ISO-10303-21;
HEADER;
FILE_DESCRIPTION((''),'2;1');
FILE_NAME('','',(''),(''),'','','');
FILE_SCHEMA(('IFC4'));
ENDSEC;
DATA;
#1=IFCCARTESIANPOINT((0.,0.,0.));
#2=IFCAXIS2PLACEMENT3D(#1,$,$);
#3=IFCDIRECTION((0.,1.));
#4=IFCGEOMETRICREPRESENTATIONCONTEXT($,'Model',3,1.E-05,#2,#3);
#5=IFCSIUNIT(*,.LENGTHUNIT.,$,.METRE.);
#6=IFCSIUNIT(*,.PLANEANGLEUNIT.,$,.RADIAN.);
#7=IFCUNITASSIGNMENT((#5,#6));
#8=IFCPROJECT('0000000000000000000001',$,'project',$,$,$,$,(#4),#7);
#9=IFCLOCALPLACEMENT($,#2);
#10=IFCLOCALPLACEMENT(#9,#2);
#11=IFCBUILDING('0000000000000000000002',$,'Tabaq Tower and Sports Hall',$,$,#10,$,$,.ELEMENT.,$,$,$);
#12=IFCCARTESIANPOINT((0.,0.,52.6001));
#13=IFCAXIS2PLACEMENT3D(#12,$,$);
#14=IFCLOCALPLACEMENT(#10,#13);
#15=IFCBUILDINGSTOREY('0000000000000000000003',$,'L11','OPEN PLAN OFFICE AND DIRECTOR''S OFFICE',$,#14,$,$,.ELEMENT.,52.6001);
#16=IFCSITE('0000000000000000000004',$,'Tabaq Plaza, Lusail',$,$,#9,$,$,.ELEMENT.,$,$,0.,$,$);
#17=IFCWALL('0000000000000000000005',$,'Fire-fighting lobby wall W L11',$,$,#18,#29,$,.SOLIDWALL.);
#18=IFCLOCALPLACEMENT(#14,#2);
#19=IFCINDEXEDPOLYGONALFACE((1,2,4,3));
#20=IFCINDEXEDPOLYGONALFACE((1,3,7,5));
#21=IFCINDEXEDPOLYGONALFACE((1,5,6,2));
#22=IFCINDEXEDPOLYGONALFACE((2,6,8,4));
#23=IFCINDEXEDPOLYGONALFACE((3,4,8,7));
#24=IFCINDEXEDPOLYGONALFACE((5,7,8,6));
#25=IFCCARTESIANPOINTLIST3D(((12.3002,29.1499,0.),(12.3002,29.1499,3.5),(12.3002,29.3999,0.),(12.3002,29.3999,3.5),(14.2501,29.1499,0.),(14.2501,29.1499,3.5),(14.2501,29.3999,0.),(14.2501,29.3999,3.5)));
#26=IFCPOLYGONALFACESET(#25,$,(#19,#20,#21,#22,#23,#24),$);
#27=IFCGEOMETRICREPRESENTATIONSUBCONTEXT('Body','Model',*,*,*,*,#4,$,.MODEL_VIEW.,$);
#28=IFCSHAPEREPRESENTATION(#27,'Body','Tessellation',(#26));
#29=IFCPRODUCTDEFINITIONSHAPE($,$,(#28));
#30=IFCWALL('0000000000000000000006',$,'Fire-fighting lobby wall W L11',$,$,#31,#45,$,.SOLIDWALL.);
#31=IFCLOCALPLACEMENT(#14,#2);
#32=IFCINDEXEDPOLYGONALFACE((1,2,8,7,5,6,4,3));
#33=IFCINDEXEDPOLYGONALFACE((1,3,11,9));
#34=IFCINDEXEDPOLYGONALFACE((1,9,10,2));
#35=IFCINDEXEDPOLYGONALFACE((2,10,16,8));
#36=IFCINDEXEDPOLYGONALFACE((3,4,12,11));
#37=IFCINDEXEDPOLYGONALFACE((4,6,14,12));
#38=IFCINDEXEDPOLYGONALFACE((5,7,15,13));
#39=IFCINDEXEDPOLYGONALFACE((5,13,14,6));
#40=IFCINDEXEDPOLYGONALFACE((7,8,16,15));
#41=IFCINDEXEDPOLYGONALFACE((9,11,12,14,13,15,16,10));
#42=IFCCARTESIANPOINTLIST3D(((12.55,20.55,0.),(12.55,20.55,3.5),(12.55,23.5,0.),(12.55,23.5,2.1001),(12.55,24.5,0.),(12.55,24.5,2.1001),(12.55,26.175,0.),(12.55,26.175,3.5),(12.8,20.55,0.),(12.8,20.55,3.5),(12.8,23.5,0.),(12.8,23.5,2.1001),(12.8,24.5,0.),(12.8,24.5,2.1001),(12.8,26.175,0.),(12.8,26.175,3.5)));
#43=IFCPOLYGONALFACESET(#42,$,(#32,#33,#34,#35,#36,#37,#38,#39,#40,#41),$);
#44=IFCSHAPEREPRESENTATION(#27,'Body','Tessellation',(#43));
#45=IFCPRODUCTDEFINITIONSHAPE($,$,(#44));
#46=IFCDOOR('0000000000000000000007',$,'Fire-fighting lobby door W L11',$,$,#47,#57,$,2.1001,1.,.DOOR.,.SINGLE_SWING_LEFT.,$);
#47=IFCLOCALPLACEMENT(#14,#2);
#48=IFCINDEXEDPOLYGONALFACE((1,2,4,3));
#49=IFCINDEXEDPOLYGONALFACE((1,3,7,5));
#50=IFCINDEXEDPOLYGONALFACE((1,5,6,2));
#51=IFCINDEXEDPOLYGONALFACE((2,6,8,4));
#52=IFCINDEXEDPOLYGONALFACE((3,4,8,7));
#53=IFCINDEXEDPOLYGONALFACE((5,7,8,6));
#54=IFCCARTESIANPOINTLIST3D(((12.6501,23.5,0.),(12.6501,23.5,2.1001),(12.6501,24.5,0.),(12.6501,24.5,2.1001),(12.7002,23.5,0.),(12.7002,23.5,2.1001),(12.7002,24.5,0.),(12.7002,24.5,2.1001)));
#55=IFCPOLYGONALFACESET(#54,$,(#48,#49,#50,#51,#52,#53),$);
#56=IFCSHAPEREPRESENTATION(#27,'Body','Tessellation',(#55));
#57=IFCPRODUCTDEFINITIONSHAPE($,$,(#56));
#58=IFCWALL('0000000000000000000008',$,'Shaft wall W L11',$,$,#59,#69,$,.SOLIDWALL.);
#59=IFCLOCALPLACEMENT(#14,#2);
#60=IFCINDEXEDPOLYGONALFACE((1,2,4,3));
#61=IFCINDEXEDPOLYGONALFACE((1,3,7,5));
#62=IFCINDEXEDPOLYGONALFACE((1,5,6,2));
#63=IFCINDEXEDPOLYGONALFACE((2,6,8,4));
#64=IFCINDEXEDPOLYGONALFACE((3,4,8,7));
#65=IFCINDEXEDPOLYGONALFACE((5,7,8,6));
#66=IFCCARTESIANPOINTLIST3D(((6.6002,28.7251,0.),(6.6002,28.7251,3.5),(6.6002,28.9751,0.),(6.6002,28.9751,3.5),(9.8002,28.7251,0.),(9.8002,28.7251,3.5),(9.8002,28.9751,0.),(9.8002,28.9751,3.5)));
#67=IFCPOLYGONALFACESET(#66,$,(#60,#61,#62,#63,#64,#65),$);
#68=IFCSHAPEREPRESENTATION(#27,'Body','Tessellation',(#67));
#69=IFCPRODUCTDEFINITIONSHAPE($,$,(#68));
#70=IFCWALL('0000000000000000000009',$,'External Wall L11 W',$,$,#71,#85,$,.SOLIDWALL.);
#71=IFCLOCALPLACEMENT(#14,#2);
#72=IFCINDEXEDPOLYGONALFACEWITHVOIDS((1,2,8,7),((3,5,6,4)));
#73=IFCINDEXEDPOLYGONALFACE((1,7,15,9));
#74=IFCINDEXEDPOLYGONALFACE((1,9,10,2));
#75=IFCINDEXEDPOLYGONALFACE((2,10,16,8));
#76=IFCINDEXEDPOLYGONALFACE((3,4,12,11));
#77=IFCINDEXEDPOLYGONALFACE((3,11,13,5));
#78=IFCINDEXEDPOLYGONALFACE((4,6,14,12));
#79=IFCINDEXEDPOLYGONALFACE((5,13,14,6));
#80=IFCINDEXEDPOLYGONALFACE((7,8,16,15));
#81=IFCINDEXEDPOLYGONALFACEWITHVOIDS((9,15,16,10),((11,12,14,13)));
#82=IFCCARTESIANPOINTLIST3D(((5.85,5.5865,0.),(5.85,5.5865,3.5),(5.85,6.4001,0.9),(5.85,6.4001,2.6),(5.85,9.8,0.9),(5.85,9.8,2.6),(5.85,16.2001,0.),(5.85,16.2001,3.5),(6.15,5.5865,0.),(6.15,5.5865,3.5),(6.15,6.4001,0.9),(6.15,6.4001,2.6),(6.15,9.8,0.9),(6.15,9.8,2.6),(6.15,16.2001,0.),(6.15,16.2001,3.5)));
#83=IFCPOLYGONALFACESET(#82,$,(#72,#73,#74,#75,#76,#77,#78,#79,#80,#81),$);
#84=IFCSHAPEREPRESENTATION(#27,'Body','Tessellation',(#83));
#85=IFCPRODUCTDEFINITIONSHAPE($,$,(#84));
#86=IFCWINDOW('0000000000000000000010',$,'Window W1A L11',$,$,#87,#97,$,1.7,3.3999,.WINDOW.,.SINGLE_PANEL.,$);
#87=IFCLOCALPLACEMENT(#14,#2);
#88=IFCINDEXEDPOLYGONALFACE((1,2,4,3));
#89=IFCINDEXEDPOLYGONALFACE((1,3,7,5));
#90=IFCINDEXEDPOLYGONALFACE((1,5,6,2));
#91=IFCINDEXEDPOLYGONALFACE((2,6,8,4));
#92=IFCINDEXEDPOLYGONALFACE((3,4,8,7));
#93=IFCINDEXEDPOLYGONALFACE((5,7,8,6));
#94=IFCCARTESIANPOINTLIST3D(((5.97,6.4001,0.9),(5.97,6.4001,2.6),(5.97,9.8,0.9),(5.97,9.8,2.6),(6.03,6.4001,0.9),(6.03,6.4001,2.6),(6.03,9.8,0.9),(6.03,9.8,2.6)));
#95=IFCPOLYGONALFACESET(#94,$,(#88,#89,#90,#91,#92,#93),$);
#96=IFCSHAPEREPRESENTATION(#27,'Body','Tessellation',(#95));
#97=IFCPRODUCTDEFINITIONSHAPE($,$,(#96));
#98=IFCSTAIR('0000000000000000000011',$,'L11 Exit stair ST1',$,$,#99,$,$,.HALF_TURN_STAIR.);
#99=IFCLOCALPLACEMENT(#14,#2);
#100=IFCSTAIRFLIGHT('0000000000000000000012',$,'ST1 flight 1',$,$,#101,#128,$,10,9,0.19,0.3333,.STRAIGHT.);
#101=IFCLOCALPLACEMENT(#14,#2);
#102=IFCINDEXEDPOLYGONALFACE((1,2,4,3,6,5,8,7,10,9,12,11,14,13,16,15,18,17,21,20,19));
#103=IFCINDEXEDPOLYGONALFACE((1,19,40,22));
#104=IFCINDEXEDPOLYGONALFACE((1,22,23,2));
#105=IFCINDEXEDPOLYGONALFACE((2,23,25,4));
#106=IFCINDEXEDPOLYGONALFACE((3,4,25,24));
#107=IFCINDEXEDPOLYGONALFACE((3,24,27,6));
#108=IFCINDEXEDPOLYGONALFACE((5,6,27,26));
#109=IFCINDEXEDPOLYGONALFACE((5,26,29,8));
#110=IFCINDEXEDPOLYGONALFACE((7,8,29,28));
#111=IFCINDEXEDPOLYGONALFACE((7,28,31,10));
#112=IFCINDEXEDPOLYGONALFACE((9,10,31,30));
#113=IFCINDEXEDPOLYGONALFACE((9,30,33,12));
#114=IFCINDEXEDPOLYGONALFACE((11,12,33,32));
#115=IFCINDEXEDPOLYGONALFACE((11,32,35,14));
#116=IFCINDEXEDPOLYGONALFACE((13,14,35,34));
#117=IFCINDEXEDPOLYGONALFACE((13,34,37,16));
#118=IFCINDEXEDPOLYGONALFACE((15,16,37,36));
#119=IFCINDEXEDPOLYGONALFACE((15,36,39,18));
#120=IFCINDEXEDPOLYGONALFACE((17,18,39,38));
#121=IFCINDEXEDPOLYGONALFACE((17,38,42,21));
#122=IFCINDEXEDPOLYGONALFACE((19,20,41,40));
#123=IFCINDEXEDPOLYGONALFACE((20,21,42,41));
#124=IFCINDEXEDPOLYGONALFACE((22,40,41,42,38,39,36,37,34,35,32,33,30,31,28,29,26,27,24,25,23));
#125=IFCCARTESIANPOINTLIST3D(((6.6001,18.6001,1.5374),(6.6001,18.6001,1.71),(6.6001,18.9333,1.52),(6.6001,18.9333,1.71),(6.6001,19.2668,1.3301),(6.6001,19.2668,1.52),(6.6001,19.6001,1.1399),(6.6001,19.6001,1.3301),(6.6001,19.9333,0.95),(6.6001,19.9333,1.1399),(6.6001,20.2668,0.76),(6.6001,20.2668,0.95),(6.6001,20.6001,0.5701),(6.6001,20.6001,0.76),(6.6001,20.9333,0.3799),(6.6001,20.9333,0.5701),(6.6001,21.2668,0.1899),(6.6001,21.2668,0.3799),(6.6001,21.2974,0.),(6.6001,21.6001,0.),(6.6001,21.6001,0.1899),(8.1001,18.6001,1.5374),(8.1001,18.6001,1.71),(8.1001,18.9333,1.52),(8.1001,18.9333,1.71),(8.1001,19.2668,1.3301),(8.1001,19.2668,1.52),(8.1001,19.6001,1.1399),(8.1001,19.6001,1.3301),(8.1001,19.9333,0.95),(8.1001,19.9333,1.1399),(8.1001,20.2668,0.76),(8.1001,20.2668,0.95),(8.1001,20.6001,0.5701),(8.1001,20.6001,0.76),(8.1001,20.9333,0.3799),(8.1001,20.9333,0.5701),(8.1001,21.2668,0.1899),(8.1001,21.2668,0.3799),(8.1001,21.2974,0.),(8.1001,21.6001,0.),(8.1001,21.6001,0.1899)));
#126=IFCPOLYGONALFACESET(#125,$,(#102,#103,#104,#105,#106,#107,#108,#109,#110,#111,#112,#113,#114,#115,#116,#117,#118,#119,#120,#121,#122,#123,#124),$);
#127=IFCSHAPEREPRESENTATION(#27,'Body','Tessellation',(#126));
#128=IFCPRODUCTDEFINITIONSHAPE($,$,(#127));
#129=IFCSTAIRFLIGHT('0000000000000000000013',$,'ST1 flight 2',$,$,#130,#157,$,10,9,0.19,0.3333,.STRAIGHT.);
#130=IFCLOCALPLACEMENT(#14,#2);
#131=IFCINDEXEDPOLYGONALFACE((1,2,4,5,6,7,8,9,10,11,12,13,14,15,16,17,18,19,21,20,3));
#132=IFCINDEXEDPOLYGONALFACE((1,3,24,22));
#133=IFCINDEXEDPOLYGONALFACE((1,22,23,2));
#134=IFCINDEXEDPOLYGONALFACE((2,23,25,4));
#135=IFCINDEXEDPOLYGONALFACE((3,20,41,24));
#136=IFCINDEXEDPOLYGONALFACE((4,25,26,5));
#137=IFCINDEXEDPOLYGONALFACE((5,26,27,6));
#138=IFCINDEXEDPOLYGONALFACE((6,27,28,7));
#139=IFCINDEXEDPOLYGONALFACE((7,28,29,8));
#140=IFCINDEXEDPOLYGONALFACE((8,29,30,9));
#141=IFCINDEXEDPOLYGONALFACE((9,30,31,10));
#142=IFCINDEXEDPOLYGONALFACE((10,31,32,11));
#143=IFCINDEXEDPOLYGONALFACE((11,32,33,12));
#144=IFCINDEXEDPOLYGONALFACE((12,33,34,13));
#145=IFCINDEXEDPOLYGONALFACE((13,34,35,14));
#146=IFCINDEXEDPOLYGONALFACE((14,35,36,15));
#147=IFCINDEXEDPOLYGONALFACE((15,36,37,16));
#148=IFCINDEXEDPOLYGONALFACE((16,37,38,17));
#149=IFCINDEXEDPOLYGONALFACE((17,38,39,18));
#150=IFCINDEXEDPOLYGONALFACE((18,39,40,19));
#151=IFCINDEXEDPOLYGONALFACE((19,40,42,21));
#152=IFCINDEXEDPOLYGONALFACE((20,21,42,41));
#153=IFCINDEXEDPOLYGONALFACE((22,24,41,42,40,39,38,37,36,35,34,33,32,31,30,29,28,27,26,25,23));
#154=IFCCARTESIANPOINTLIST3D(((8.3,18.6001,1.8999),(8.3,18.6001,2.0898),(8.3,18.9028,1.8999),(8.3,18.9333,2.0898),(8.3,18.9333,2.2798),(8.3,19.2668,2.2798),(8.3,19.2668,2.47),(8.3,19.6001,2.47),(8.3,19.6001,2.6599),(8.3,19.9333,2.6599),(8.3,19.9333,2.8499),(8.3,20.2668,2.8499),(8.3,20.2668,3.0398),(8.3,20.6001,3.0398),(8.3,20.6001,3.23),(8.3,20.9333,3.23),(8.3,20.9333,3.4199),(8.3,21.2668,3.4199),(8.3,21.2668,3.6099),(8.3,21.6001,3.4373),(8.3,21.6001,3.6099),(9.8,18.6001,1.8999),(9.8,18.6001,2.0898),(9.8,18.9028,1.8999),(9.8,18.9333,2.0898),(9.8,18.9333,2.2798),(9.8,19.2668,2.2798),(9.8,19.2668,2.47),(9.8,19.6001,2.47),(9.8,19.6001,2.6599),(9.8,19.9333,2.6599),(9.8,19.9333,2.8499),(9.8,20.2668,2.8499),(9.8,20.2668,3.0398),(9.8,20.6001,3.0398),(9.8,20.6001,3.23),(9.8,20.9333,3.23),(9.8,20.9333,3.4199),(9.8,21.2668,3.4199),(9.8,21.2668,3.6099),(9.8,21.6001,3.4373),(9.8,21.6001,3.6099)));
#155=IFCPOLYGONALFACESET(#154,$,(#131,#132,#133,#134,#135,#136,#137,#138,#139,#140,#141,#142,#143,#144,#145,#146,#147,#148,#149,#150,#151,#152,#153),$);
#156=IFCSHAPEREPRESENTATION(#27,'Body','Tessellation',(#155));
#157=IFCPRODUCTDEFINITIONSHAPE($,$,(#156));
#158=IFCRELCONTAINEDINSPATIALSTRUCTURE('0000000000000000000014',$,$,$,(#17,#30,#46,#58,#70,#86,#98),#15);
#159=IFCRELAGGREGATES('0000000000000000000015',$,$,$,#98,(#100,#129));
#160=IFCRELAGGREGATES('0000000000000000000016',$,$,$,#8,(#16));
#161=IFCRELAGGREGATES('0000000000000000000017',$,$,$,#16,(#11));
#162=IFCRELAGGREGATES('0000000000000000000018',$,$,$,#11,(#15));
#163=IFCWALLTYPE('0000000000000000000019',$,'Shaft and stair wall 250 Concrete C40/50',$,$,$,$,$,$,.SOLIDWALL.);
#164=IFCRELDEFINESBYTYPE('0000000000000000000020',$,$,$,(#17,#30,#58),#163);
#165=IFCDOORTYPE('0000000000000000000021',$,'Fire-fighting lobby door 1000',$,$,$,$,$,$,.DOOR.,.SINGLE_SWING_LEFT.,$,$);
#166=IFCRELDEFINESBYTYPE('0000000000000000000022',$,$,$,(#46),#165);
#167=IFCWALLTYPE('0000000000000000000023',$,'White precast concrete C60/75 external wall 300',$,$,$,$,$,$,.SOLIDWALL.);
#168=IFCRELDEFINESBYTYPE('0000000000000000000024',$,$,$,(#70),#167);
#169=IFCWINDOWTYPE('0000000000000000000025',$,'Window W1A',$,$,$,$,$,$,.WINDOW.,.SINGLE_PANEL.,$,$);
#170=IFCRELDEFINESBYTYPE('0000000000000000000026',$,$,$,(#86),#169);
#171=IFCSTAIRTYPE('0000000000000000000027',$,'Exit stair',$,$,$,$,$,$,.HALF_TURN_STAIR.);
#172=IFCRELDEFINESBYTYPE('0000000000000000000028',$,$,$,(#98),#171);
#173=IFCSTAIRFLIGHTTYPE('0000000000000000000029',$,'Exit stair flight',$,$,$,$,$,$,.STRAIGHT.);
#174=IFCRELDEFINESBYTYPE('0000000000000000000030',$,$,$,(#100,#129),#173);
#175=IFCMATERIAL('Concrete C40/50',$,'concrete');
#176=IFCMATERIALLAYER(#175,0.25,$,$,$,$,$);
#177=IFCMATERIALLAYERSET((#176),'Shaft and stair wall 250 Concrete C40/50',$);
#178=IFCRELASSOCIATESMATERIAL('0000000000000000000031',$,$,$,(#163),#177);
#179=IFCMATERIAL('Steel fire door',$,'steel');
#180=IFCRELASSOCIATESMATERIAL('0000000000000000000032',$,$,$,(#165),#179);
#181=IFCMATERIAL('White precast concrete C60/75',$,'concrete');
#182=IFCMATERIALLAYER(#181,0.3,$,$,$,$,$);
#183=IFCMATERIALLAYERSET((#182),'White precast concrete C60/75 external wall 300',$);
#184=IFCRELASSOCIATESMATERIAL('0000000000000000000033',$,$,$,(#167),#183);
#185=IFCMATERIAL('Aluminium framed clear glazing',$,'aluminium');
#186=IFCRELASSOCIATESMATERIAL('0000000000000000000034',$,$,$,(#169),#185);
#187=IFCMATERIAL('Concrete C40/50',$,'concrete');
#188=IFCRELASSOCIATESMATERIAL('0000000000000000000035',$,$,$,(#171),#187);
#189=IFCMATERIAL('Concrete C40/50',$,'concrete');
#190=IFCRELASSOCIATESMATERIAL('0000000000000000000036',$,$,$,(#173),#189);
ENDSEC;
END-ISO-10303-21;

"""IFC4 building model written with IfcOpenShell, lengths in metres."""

from ifc_helpers import new_model, si_unit, direction, frame, frame_2d, origin, place, context, subcontext, project, spatial, polyline, rectangle, outline, extrude, material, layer, layer_set, type_object, element, fill, aggregate, save


model = new_model("IFC4")

# Units and contexts
model_context = context("Model", 3, precision=1e-05, world=origin(), true_north=direction((0.0, 1.0)))
body_context = subcontext(model_context, "Body", "Model", "MODEL_VIEW")
ifc_project = project(units=[si_unit("LENGTHUNIT", "METRE"), si_unit("PLANEANGLEUNIT", "RADIAN")], contexts=[model_context])

# Site, building, storey
site_placement = place(None, origin())
site = spatial("IfcSite", under=ifc_project, at=site_placement, Name="Tabaq Plaza, Lusail", CompositionType="ELEMENT", RefElevation=0.0)
building_placement = place(site_placement, origin())
building = spatial("IfcBuilding", under=site, at=building_placement, Name="Tabaq Tower and Sports Hall", CompositionType="ELEMENT")
storey_placement = place(building_placement, frame((0.0, 0.0, 52.6001)))
storey = spatial("IfcBuildingStorey", under=building, at=storey_placement, Name="L11", Description="OPEN PLAN OFFICE AND DIRECTOR'S OFFICE", CompositionType="ELEMENT", Elevation=52.6001)

# Shared definitions
ifc_material_1 = material(Name="Concrete C40/50", Category="concrete")
ifc_layer_1 = layer(ifc_material_1, 0.25)
ifc_layer_set_1 = layer_set([ifc_layer_1], Name="Shaft and stair wall 250 Concrete C40/50")
wall_type_1 = type_object("IfcWallType", Name="Shaft and stair wall 250 Concrete C40/50", PredefinedType="SOLIDWALL", material=ifc_layer_set_1)

# Shared definitions
ifc_material_2 = material(Name="Steel fire door", Category="steel")
door_type_1 = type_object("IfcDoorType", Name="Fire-fighting lobby door 1000", OperationType="SINGLE_SWING_LEFT", PredefinedType="DOOR", material=ifc_material_2)

# Wall
wall_1_placement = place(storey_placement, frame((12.3, 29.2749, 0.0), z_axis=(0.0, 0.0, 1.0), x_axis=(1.0, 0.0, 0.0)))
element("IfcWall", 1, at=wall_1_placement, inside=storey, type_object=wall_type_1, Name="Fire-fighting lobby wall W L11", PredefinedType="SOLIDWALL", context=body_context, shape_type="SweptSolid", body=[
    extrude(rectangle(XDim=1.95, YDim=0.25, at=frame_2d((0.9751, 0.0))), origin(), (0.0, 0.0, 1.0), 3.5),
])

# Wall, opening, door
wall_2_placement = place(storey_placement, frame((12.675, 20.55, 0.0), z_axis=(0.0, 0.0, 1.0), x_axis=(0.0, 1.0, 0.0)))
wall_2 = element("IfcWall", 2, at=wall_2_placement, inside=storey, type_object=wall_type_1, Name="Fire-fighting lobby wall W L11", PredefinedType="SOLIDWALL", context=body_context, shape_type="SweptSolid", body=[
    extrude(rectangle(XDim=5.625, YDim=0.25, at=frame_2d((2.8125, 0.0))), origin(), (0.0, 0.0, 1.0), 3.5),
])
opening_1_placement = place(wall_2_placement, frame((2.95, 0.0, 0.0)))
opening_1 = element("IfcOpeningElement", 3, at=opening_1_placement, cuts=wall_2, PredefinedType="OPENING", context=body_context, shape_type="SweptSolid", body=[
    extrude(rectangle(XDim=1.0, YDim=2.1001, at=frame_2d((0.5, 1.05))), frame((0.0, 0.125, 0.0), z_axis=(0.0, -1.0, 0.0), x_axis=(1.0, 0.0, 0.0)), (0.0, 0.0, 1.0), 0.25),
])
door_1_placement = place(opening_1_placement, origin())
door_1 = element("IfcDoor", 4, at=door_1_placement, inside=storey, type_object=door_type_1, Name="Fire-fighting lobby door W L11", OperationType="SINGLE_SWING_LEFT", OverallHeight=2.1001, OverallWidth=1.0, PredefinedType="DOOR", context=body_context, shape_type="SweptSolid", body=[
    extrude(rectangle(XDim=1.0, YDim=2.1001, at=frame_2d((0.5, 1.05))), frame((0.0, 0.0249, 0.0), z_axis=(0.0, -1.0, 0.0), x_axis=(1.0, 0.0, 0.0)), (0.0, 0.0, 1.0), 0.05),
])
fill(opening_1, door_1)

# Wall
wall_3_placement = place(storey_placement, frame((6.6001, 28.8501, 0.0), z_axis=(0.0, 0.0, 1.0), x_axis=(1.0, 0.0, 0.0)))
element("IfcWall", 5, at=wall_3_placement, inside=storey, type_object=wall_type_1, Name="Shaft wall W L11", PredefinedType="SOLIDWALL", context=body_context, shape_type="SweptSolid", body=[
    extrude(rectangle(XDim=3.2, YDim=0.25, at=frame_2d((1.6001, 0.0))), origin(), (0.0, 0.0, 1.0), 3.5),
])

# Wall, opening, window
ifc_material_3 = material(Name="White precast concrete C60/75", Category="concrete")
ifc_layer_2 = layer(ifc_material_3, 0.3)
ifc_layer_set_2 = layer_set([ifc_layer_2], Name="White precast concrete C60/75 external wall 300")
wall_type_2 = type_object("IfcWallType", Name="White precast concrete C60/75 external wall 300", PredefinedType="SOLIDWALL", material=ifc_layer_set_2)
wall_4_placement = place(storey_placement, frame((6.0, 16.2, 0.0), z_axis=(0.0, 0.0, 1.0), x_axis=(0.0, -1.0, 0.0)))
wall_4 = element("IfcWall", 6, at=wall_4_placement, inside=storey, type_object=wall_type_2, Name="External Wall L11 W", PredefinedType="SOLIDWALL", context=body_context, shape_type="SweptSolid", body=[
    extrude(rectangle(XDim=10.6135, YDim=0.3, at=frame_2d((5.3066, 0.0))), origin(), (0.0, 0.0, 1.0), 3.5),
])
opening_2_placement = place(wall_4_placement, frame((6.3999, 0.0, 0.8999)))
opening_2 = element("IfcOpeningElement", 7, at=opening_2_placement, cuts=wall_4, PredefinedType="OPENING", context=body_context, shape_type="SweptSolid", body=[
    extrude(rectangle(XDim=3.3999, YDim=1.7, at=frame_2d((1.7, 0.8501))), frame((0.0, 0.1602, 0.0), z_axis=(0.0, -1.0, 0.0), x_axis=(1.0, 0.0, 0.0)), (0.0, 0.0, 1.0), 0.3201),
])
ifc_material_4 = material(Name="Aluminium framed clear glazing", Category="aluminium")
window_type = type_object("IfcWindowType", Name="Window W1A", PartitioningType="SINGLE_PANEL", PredefinedType="WINDOW", material=ifc_material_4)
window_placement = place(opening_2_placement, origin())
window = element("IfcWindow", 8, at=window_placement, inside=storey, type_object=window_type, Name="Window W1A L11", OverallHeight=1.7, OverallWidth=3.3999, PartitioningType="SINGLE_PANEL", PredefinedType="WINDOW", context=body_context, shape_type="SweptSolid", body=[
    extrude(rectangle(XDim=3.3999, YDim=1.7, at=frame_2d((1.7, 0.8501))), frame((0.0, 0.03, 0.0), z_axis=(0.0, -1.0, 0.0), x_axis=(1.0, 0.0, 0.0)), (0.0, 0.0, 1.0), 0.0601),
])
fill(opening_2, window)

# Stair, stair flights
ifc_material_5 = material(Name="Concrete C40/50", Category="concrete")
stair_type = type_object("IfcStairType", Name="Exit stair", PredefinedType="HALF_TURN_STAIR", material=ifc_material_5)
stair_placement = place(storey_placement, origin())
stair = element("IfcStair", 9, at=stair_placement, inside=storey, type_object=stair_type, Name="L11 Exit stair ST1", PredefinedType="HALF_TURN_STAIR")
ifc_material_6 = material(Name="Concrete C40/50", Category="concrete")
stair_flight_type = type_object("IfcStairFlightType", Name="Exit stair flight", PredefinedType="STRAIGHT", material=ifc_material_6)
stair_flight_1_placement = place(storey_placement, frame((7.3501, 21.6001, 0.0), z_axis=(0.0, 0.0, 1.0), x_axis=(0.0, -1.0, 0.0)))
stair_flight_1 = element("IfcStairFlight", 10, at=stair_flight_1_placement, type_object=stair_flight_type, Name="ST1 flight 1", NumberOfRisers=10, NumberOfTreads=9, PredefinedType="STRAIGHT", RiserHeight=0.19, TreadLength=0.3333, context=body_context, shape_type="SweptSolid", body=[
    extrude(outline(polyline([(0.0, 0.0), (0.0, 0.1899), (0.3333, 0.1899), (0.3333, 0.3799), (0.6667, 0.3799), (0.6667, 0.5701), (1.0, 0.5701), (1.0, 0.76), (1.3333, 0.76), (1.3333, 0.95), (1.6667, 0.95), (1.6667, 1.1399), (2.0, 1.1399), (2.0, 1.3301), (2.3333, 1.3301), (2.3333, 1.52), (2.6667, 1.52), (2.6667, 1.71), (3.0, 1.71), (3.0, 1.8999), (3.0, 1.5374), (0.3027, 0.0), (0.0, 0.0)])), frame((0.0, 0.75, 0.0), z_axis=(0.0, -1.0, 0.0), x_axis=(1.0, 0.0, 0.0)), (0.0, 0.0, 1.0), 1.5),
])
stair_flight_2_placement = place(storey_placement, frame((9.05, 18.6001, 1.8999), z_axis=(0.0, 0.0, 1.0), x_axis=(0.0, 1.0, 0.0)))
stair_flight_2 = element("IfcStairFlight", 11, at=stair_flight_2_placement, type_object=stair_flight_type, Name="ST1 flight 2", NumberOfRisers=10, NumberOfTreads=9, PredefinedType="STRAIGHT", RiserHeight=0.19, TreadLength=0.3333, context=body_context, shape_type="SweptSolid", body=[
    extrude(outline(polyline([(0.0, 0.0), (0.0, 0.1899), (0.3333, 0.1899), (0.3333, 0.3799), (0.6667, 0.3799), (0.6667, 0.5701), (1.0, 0.5701), (1.0, 0.76), (1.3333, 0.76), (1.3333, 0.95), (1.6667, 0.95), (1.6667, 1.1399), (2.0, 1.1399), (2.0, 1.3301), (2.3333, 1.3301), (2.3333, 1.52), (2.6667, 1.52), (2.6667, 1.71), (3.0, 1.71), (3.0, 1.8999), (3.0, 1.5374), (0.3027, 0.0), (0.0, 0.0)])), frame((0.0, 0.75, 0.0), z_axis=(0.0, -1.0, 0.0), x_axis=(1.0, 0.0, 0.0)), (0.0, 0.0, 1.0), 1.5),
])
aggregate(stair, [stair_flight_1, stair_flight_2])

save(model, "model.ifc")
